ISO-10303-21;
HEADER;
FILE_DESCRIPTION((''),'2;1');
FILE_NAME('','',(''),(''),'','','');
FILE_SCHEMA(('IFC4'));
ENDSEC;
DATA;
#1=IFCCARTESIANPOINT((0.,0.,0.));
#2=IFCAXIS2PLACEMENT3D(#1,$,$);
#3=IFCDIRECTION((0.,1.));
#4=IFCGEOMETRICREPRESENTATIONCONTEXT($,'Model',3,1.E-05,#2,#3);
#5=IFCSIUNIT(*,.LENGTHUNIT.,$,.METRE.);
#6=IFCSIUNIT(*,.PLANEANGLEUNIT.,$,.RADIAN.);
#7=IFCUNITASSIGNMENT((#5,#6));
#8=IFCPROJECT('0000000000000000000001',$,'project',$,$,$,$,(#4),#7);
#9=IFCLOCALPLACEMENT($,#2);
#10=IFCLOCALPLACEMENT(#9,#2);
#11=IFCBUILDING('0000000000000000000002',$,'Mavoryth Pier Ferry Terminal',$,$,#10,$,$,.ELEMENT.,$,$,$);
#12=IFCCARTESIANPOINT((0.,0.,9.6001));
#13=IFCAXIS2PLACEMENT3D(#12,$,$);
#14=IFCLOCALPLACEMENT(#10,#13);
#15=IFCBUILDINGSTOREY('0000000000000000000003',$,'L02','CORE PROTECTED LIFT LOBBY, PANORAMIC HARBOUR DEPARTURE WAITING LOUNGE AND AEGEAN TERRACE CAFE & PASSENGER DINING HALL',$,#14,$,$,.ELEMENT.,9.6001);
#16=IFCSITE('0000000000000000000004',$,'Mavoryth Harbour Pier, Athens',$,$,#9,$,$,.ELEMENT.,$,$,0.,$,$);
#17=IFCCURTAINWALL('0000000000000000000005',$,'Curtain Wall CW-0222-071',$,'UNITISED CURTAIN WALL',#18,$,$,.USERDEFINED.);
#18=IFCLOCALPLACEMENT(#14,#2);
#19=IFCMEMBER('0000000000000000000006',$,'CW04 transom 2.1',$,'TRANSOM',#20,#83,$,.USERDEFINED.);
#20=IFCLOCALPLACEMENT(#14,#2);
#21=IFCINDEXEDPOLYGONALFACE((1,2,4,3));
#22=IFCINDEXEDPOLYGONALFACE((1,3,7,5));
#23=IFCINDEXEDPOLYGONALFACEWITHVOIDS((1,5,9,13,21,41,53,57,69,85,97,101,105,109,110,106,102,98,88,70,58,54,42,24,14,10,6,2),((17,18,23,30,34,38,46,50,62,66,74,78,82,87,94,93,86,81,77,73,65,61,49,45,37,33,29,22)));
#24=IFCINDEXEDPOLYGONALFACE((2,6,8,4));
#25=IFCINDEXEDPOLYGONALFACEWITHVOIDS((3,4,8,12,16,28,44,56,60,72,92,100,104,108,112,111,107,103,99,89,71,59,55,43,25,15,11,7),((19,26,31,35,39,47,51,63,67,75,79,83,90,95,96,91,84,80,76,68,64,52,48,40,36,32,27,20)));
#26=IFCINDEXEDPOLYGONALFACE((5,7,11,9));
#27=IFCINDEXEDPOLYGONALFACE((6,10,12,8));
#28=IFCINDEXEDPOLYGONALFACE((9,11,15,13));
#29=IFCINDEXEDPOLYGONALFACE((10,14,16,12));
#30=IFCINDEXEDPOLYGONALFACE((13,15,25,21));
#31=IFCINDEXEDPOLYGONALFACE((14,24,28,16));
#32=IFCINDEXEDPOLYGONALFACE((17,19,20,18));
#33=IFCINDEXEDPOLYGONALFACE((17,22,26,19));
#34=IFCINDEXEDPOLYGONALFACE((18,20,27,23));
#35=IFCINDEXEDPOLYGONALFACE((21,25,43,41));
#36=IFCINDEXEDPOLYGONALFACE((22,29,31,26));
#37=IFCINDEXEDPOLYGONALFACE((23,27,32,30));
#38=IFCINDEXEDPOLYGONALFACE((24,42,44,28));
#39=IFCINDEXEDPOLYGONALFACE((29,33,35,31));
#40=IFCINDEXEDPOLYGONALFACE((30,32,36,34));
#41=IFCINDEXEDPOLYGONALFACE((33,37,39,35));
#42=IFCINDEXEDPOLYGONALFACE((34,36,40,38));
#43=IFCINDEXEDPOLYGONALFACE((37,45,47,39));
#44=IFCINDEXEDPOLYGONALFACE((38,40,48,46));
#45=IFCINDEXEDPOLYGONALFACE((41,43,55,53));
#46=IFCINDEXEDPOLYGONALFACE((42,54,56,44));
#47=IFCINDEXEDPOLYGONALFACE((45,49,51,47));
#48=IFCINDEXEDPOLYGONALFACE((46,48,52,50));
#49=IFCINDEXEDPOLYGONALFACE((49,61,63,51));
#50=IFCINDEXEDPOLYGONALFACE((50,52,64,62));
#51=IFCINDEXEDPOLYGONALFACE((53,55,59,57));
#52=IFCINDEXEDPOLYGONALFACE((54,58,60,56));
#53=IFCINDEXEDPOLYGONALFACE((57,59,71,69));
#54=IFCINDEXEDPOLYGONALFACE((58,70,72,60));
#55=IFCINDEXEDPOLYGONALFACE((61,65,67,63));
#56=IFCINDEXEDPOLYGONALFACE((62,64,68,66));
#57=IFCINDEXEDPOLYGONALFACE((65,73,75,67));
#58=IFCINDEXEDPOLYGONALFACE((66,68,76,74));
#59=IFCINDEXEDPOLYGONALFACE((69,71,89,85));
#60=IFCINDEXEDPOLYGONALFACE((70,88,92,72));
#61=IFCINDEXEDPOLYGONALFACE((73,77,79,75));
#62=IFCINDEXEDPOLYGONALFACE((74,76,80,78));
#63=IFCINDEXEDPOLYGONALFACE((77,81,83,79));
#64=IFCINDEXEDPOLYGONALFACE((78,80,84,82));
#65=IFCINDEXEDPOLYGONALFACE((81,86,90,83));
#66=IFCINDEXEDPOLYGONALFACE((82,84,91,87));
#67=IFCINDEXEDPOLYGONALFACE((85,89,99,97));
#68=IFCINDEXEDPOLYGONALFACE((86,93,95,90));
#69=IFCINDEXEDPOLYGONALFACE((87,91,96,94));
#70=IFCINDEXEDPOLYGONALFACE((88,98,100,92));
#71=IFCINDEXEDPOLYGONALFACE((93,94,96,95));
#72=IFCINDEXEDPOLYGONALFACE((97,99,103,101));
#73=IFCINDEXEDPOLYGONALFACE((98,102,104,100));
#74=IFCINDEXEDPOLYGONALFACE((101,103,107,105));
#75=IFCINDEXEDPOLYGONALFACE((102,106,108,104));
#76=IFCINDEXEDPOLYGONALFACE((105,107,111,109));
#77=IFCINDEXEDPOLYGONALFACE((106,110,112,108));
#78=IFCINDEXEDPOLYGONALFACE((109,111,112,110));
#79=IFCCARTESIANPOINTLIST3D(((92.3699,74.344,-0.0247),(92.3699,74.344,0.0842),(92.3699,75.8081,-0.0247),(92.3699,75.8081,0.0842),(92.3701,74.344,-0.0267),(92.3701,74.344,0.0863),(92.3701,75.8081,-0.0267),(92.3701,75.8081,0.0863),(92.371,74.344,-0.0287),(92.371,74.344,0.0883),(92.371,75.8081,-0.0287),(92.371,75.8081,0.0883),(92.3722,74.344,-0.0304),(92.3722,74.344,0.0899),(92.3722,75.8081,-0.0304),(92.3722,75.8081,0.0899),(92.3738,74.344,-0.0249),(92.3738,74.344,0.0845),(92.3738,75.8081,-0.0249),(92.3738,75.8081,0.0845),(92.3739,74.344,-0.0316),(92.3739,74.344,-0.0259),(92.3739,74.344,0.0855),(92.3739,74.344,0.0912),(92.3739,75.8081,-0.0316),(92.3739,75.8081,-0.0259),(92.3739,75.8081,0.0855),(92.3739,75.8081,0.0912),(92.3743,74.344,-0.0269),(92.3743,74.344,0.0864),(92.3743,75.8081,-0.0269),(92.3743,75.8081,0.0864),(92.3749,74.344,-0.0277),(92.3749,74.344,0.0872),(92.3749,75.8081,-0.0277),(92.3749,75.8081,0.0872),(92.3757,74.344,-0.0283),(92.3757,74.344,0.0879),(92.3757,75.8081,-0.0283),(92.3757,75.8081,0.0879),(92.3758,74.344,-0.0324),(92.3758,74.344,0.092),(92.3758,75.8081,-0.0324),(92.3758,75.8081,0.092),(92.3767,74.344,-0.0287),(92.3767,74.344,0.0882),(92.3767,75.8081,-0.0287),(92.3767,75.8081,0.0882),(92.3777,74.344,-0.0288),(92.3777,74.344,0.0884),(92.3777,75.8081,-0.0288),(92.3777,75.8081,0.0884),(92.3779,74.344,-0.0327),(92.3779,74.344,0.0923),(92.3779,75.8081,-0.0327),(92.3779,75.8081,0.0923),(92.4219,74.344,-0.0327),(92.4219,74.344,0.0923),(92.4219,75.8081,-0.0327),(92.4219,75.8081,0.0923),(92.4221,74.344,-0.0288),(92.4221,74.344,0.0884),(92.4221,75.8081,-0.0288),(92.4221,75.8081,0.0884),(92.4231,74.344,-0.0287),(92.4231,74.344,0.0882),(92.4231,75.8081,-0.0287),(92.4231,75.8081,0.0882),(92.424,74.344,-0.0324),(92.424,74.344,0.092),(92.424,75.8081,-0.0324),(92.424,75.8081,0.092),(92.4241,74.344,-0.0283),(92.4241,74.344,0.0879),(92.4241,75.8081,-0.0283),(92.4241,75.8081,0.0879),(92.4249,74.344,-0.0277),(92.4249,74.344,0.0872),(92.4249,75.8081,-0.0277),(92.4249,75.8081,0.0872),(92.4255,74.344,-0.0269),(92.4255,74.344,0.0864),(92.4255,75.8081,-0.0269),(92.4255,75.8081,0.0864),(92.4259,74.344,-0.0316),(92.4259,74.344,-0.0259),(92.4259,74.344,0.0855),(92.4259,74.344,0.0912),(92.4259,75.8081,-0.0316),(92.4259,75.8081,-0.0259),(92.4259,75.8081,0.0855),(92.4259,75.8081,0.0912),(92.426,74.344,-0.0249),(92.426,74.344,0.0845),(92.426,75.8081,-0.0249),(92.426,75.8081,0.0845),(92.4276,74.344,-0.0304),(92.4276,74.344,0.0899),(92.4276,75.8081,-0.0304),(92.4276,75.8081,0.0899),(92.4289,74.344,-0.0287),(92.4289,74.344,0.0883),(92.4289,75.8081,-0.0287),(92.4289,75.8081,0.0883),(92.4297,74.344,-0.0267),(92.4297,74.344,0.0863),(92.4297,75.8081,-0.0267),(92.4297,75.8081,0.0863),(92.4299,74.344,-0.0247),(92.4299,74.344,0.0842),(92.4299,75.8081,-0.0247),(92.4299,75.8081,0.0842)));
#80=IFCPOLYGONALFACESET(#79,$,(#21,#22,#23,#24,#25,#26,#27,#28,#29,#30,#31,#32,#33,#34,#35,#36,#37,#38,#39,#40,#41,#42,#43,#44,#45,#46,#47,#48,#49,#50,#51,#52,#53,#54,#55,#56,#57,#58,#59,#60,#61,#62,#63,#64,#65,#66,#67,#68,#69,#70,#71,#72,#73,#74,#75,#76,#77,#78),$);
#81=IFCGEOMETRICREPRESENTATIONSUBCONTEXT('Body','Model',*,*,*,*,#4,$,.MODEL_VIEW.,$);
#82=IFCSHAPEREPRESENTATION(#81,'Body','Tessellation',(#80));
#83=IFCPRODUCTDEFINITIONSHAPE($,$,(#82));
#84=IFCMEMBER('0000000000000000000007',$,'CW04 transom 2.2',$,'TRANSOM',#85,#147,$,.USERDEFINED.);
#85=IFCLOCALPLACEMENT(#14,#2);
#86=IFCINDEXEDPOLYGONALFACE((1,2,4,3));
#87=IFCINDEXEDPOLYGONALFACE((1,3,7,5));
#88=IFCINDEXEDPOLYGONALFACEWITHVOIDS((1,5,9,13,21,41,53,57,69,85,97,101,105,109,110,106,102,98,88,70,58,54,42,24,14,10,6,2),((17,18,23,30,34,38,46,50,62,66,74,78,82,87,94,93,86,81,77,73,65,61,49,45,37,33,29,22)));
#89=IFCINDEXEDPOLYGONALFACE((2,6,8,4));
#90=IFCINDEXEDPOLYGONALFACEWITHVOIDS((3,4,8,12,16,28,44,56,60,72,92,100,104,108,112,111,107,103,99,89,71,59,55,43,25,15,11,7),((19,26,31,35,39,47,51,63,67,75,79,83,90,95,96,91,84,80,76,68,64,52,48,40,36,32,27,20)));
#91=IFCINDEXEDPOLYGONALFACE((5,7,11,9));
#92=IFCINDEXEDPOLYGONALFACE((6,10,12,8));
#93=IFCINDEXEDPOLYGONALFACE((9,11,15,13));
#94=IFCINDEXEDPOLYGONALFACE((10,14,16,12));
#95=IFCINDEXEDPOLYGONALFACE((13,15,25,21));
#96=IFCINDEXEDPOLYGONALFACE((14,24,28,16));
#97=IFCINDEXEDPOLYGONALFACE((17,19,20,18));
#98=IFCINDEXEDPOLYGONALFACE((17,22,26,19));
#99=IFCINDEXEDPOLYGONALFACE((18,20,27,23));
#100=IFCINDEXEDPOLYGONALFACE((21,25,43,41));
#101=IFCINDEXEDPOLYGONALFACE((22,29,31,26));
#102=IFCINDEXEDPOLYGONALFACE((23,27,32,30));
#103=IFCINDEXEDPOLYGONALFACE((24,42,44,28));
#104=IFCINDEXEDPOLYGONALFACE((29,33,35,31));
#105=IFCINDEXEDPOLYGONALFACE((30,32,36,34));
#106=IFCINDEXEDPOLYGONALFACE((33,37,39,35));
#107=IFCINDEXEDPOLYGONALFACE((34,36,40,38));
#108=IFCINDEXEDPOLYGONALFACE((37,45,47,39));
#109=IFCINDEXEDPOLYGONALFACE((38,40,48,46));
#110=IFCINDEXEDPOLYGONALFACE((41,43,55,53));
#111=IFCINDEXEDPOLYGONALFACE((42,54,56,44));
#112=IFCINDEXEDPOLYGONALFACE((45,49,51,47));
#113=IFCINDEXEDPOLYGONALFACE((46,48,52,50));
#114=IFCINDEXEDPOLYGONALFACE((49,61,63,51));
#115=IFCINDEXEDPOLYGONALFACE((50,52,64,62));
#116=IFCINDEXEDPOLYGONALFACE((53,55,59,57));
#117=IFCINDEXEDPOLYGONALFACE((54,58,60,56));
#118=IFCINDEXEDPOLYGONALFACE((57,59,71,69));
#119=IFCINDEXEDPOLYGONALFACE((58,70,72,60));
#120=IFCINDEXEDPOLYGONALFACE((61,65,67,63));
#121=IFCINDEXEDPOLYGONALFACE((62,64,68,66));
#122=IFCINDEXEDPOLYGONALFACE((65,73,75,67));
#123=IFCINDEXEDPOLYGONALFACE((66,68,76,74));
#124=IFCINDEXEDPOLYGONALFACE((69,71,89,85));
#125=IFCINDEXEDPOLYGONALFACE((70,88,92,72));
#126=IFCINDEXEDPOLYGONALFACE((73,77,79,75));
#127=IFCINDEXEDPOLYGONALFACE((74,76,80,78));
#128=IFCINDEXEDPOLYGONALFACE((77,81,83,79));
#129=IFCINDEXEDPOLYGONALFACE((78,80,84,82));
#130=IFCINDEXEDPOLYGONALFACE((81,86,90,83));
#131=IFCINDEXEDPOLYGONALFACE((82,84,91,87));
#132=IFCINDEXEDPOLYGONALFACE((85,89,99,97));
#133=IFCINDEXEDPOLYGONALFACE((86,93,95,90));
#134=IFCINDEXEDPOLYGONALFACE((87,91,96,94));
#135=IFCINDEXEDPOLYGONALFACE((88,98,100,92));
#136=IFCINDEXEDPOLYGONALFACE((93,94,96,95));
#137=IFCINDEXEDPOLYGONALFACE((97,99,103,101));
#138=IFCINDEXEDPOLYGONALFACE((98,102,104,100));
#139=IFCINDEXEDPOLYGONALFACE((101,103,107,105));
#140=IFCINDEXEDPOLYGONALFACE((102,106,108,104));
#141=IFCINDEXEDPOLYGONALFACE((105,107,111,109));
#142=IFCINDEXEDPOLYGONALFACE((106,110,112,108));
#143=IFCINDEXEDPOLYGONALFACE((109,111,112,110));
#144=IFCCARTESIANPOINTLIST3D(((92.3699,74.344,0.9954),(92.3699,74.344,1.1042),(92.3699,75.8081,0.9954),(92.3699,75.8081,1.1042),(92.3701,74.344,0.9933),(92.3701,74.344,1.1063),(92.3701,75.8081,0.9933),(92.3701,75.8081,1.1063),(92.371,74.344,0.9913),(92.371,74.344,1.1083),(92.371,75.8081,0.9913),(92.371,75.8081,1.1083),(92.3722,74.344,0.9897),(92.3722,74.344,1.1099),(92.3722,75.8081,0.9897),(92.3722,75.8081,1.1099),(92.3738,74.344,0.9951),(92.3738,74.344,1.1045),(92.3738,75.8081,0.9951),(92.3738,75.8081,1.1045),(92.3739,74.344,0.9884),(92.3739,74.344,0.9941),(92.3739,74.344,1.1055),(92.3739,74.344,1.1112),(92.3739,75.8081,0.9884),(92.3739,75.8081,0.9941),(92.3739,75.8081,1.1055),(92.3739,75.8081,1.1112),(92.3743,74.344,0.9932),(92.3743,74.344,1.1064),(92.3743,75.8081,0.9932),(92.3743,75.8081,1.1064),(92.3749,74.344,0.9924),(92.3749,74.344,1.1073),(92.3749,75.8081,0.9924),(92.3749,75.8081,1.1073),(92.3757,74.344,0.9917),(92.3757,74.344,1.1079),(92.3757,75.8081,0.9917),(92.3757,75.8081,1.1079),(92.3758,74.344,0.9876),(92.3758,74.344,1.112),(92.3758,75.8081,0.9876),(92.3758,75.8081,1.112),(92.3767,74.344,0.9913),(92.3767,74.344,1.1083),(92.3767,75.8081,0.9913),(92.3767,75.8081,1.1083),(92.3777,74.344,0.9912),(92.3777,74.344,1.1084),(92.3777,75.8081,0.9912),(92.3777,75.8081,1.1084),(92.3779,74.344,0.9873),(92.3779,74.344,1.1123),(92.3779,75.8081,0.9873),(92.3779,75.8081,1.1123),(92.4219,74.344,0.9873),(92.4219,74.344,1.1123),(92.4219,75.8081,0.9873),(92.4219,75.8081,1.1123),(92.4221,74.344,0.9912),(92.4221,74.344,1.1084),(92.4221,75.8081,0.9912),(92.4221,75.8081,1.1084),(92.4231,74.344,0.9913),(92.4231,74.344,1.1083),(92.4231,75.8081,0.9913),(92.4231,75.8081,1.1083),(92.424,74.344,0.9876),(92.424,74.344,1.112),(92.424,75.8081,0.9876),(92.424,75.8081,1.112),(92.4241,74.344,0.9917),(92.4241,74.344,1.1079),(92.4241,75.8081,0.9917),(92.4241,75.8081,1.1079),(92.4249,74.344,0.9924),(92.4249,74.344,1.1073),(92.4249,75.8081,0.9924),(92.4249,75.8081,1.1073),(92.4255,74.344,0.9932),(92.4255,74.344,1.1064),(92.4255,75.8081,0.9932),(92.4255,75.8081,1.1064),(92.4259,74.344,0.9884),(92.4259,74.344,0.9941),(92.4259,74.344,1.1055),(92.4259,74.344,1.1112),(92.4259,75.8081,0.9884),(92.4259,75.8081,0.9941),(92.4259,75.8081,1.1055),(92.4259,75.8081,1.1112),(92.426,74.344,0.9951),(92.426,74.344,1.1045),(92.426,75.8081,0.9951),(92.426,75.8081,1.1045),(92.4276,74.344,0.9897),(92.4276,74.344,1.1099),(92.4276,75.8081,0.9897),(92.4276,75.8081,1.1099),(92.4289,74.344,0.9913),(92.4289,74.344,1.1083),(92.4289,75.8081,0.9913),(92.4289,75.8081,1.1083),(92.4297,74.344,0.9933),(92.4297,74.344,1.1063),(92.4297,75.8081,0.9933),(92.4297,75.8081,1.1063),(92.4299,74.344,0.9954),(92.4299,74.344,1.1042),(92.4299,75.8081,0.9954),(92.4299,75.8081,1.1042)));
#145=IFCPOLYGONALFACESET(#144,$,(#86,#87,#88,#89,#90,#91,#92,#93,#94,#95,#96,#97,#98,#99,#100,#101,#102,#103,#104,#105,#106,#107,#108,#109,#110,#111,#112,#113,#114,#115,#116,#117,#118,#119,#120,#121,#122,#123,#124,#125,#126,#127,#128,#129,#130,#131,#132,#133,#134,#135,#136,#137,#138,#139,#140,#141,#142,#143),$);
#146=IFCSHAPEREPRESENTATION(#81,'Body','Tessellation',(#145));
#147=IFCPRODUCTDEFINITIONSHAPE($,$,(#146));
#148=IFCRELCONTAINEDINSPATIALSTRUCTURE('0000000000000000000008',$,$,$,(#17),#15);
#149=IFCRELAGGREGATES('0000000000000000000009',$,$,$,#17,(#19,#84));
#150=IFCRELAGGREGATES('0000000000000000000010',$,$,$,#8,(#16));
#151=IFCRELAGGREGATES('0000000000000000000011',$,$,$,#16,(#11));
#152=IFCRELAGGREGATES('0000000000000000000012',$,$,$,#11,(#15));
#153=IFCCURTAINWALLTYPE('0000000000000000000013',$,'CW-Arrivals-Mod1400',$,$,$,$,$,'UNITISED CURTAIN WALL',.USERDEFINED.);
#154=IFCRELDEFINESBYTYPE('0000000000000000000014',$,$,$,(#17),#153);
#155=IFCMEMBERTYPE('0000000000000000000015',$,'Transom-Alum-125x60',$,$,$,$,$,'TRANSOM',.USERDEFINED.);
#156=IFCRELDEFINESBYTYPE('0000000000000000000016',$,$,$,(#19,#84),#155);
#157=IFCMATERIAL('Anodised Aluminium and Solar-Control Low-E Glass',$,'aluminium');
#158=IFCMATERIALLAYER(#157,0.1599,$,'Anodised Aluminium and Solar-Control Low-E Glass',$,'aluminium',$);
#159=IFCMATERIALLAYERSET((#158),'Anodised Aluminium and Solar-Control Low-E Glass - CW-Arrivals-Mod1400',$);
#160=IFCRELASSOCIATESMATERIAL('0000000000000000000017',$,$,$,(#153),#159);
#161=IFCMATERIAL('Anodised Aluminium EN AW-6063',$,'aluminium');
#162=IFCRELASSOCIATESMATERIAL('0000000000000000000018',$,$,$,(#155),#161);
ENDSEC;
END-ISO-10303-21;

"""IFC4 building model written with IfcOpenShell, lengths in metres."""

from ifc_helpers import new_model, si_unit, direction, frame, origin, origin_2d, place, context, subcontext, project, spatial, hollow_rectangle, extrude, material, layer, layer_set, material_profile, profile_set, type_object, element, aggregate, save


model = new_model("IFC4")

# Units and contexts
model_context = context("Model", 3, precision=1e-05, world=origin(), true_north=direction((0.0, 1.0)))
body_context = subcontext(model_context, "Body", "Model", "MODEL_VIEW")
ifc_project = project(units=[si_unit("LENGTHUNIT", "METRE"), si_unit("PLANEANGLEUNIT", "RADIAN")], contexts=[model_context])

# Site, building, storey
site_placement = place(None, origin())
site = spatial("IfcSite", under=ifc_project, at=site_placement, Name="Mavoryth Harbour Pier, Athens", CompositionType="ELEMENT", RefElevation=0.0)
building_placement = place(site_placement, origin())
building = spatial("IfcBuilding", under=site, at=building_placement, Name="Mavoryth Pier Ferry Terminal", CompositionType="ELEMENT")
storey_placement = place(building_placement, frame((0.0, 0.0, 9.6001)))
storey = spatial("IfcBuildingStorey", under=building, at=storey_placement, Name="L02", Description="CORE PROTECTED LIFT LOBBY, PANORAMIC HARBOUR DEPARTURE WAITING LOUNGE AND AEGEAN TERRACE CAFE & PASSENGER DINING HALL", CompositionType="ELEMENT", Elevation=9.6001)

# Curtain wall
ifc_material_1 = material(Name="Anodised Aluminium and Solar-Control Low-E Glass", Category="aluminium")
ifc_layer_1 = layer(ifc_material_1, 0.1599, Name="Anodised Aluminium and Solar-Control Low-E Glass", Category="aluminium")
ifc_layer_set_1 = layer_set([ifc_layer_1], Name="Anodised Aluminium and Solar-Control Low-E Glass - CW-Arrivals-Mod1400")
curtain_wall_type = type_object("IfcCurtainWallType", Name="CW-Arrivals-Mod1400", ElementType="UNITISED CURTAIN WALL", PredefinedType="USERDEFINED", material=ifc_layer_set_1)
curtain_wall_1_placement = place(storey_placement, origin())
curtain_wall_1 = element("IfcCurtainWall", 1, at=curtain_wall_1_placement, inside=storey, type_object=curtain_wall_type, Name="Curtain Wall CW-0222-071", ObjectType="UNITISED CURTAIN WALL", PredefinedType="USERDEFINED")
ifc_material_2 = material(Name="Anodised Aluminium EN AW-6063", Category="aluminium")

# Members
ifc_material_profile_1 = material_profile(ifc_material_2, hollow_rectangle(XDim=0.0601, YDim=0.125, WallThickness=0.0039, InnerFilletRadius=0.0039, OuterFilletRadius=0.0081, at=origin_2d()), Name="AL-TRAN 125x60x4", Category="aluminium")
ifc_profile_set_1 = profile_set([ifc_material_profile_1], Name="Anodised Aluminium EN AW-6063 - AL-TRAN 125x60x4")
member_type_1 = type_object("IfcMemberType", Name="Transom-Alum-125x60", ElementType="TRANSOM", PredefinedType="USERDEFINED", material=ifc_profile_set_1)
member_1_placement = place(storey_placement, frame((92.3999, 74.344, 0.0298), z_axis=(0.0, 1.0, 0.0), x_axis=(-1.0, 0.0, 0.0)))
member_1 = element("IfcMember", 2, at=member_1_placement, type_object=member_type_1, Name="CW04 transom 2.1", ObjectType="TRANSOM", PredefinedType="USERDEFINED", context=body_context, shape_type="SweptSolid", body=[
    extrude(hollow_rectangle(XDim=0.0601, YDim=0.125, WallThickness=0.0039, InnerFilletRadius=0.0039, OuterFilletRadius=0.0081, at=origin_2d()), origin(), (0.0, 0.0, 1.0), 1.4641),
])
member_2_placement = place(storey_placement, frame((92.3999, 74.344, 1.0498), z_axis=(0.0, 1.0, 0.0), x_axis=(-1.0, 0.0, 0.0)))
member_2 = element("IfcMember", 3, at=member_2_placement, type_object=member_type_1, Name="CW04 transom 2.2", ObjectType="TRANSOM", PredefinedType="USERDEFINED", context=body_context, shape_type="SweptSolid", body=[
    extrude(hollow_rectangle(XDim=0.0601, YDim=0.125, WallThickness=0.0039, InnerFilletRadius=0.0039, OuterFilletRadius=0.0081, at=origin_2d()), origin(), (0.0, 0.0, 1.0), 1.4641),
])

aggregate(curtain_wall_1, [member_1, member_2])

save(model, "model.ifc")
